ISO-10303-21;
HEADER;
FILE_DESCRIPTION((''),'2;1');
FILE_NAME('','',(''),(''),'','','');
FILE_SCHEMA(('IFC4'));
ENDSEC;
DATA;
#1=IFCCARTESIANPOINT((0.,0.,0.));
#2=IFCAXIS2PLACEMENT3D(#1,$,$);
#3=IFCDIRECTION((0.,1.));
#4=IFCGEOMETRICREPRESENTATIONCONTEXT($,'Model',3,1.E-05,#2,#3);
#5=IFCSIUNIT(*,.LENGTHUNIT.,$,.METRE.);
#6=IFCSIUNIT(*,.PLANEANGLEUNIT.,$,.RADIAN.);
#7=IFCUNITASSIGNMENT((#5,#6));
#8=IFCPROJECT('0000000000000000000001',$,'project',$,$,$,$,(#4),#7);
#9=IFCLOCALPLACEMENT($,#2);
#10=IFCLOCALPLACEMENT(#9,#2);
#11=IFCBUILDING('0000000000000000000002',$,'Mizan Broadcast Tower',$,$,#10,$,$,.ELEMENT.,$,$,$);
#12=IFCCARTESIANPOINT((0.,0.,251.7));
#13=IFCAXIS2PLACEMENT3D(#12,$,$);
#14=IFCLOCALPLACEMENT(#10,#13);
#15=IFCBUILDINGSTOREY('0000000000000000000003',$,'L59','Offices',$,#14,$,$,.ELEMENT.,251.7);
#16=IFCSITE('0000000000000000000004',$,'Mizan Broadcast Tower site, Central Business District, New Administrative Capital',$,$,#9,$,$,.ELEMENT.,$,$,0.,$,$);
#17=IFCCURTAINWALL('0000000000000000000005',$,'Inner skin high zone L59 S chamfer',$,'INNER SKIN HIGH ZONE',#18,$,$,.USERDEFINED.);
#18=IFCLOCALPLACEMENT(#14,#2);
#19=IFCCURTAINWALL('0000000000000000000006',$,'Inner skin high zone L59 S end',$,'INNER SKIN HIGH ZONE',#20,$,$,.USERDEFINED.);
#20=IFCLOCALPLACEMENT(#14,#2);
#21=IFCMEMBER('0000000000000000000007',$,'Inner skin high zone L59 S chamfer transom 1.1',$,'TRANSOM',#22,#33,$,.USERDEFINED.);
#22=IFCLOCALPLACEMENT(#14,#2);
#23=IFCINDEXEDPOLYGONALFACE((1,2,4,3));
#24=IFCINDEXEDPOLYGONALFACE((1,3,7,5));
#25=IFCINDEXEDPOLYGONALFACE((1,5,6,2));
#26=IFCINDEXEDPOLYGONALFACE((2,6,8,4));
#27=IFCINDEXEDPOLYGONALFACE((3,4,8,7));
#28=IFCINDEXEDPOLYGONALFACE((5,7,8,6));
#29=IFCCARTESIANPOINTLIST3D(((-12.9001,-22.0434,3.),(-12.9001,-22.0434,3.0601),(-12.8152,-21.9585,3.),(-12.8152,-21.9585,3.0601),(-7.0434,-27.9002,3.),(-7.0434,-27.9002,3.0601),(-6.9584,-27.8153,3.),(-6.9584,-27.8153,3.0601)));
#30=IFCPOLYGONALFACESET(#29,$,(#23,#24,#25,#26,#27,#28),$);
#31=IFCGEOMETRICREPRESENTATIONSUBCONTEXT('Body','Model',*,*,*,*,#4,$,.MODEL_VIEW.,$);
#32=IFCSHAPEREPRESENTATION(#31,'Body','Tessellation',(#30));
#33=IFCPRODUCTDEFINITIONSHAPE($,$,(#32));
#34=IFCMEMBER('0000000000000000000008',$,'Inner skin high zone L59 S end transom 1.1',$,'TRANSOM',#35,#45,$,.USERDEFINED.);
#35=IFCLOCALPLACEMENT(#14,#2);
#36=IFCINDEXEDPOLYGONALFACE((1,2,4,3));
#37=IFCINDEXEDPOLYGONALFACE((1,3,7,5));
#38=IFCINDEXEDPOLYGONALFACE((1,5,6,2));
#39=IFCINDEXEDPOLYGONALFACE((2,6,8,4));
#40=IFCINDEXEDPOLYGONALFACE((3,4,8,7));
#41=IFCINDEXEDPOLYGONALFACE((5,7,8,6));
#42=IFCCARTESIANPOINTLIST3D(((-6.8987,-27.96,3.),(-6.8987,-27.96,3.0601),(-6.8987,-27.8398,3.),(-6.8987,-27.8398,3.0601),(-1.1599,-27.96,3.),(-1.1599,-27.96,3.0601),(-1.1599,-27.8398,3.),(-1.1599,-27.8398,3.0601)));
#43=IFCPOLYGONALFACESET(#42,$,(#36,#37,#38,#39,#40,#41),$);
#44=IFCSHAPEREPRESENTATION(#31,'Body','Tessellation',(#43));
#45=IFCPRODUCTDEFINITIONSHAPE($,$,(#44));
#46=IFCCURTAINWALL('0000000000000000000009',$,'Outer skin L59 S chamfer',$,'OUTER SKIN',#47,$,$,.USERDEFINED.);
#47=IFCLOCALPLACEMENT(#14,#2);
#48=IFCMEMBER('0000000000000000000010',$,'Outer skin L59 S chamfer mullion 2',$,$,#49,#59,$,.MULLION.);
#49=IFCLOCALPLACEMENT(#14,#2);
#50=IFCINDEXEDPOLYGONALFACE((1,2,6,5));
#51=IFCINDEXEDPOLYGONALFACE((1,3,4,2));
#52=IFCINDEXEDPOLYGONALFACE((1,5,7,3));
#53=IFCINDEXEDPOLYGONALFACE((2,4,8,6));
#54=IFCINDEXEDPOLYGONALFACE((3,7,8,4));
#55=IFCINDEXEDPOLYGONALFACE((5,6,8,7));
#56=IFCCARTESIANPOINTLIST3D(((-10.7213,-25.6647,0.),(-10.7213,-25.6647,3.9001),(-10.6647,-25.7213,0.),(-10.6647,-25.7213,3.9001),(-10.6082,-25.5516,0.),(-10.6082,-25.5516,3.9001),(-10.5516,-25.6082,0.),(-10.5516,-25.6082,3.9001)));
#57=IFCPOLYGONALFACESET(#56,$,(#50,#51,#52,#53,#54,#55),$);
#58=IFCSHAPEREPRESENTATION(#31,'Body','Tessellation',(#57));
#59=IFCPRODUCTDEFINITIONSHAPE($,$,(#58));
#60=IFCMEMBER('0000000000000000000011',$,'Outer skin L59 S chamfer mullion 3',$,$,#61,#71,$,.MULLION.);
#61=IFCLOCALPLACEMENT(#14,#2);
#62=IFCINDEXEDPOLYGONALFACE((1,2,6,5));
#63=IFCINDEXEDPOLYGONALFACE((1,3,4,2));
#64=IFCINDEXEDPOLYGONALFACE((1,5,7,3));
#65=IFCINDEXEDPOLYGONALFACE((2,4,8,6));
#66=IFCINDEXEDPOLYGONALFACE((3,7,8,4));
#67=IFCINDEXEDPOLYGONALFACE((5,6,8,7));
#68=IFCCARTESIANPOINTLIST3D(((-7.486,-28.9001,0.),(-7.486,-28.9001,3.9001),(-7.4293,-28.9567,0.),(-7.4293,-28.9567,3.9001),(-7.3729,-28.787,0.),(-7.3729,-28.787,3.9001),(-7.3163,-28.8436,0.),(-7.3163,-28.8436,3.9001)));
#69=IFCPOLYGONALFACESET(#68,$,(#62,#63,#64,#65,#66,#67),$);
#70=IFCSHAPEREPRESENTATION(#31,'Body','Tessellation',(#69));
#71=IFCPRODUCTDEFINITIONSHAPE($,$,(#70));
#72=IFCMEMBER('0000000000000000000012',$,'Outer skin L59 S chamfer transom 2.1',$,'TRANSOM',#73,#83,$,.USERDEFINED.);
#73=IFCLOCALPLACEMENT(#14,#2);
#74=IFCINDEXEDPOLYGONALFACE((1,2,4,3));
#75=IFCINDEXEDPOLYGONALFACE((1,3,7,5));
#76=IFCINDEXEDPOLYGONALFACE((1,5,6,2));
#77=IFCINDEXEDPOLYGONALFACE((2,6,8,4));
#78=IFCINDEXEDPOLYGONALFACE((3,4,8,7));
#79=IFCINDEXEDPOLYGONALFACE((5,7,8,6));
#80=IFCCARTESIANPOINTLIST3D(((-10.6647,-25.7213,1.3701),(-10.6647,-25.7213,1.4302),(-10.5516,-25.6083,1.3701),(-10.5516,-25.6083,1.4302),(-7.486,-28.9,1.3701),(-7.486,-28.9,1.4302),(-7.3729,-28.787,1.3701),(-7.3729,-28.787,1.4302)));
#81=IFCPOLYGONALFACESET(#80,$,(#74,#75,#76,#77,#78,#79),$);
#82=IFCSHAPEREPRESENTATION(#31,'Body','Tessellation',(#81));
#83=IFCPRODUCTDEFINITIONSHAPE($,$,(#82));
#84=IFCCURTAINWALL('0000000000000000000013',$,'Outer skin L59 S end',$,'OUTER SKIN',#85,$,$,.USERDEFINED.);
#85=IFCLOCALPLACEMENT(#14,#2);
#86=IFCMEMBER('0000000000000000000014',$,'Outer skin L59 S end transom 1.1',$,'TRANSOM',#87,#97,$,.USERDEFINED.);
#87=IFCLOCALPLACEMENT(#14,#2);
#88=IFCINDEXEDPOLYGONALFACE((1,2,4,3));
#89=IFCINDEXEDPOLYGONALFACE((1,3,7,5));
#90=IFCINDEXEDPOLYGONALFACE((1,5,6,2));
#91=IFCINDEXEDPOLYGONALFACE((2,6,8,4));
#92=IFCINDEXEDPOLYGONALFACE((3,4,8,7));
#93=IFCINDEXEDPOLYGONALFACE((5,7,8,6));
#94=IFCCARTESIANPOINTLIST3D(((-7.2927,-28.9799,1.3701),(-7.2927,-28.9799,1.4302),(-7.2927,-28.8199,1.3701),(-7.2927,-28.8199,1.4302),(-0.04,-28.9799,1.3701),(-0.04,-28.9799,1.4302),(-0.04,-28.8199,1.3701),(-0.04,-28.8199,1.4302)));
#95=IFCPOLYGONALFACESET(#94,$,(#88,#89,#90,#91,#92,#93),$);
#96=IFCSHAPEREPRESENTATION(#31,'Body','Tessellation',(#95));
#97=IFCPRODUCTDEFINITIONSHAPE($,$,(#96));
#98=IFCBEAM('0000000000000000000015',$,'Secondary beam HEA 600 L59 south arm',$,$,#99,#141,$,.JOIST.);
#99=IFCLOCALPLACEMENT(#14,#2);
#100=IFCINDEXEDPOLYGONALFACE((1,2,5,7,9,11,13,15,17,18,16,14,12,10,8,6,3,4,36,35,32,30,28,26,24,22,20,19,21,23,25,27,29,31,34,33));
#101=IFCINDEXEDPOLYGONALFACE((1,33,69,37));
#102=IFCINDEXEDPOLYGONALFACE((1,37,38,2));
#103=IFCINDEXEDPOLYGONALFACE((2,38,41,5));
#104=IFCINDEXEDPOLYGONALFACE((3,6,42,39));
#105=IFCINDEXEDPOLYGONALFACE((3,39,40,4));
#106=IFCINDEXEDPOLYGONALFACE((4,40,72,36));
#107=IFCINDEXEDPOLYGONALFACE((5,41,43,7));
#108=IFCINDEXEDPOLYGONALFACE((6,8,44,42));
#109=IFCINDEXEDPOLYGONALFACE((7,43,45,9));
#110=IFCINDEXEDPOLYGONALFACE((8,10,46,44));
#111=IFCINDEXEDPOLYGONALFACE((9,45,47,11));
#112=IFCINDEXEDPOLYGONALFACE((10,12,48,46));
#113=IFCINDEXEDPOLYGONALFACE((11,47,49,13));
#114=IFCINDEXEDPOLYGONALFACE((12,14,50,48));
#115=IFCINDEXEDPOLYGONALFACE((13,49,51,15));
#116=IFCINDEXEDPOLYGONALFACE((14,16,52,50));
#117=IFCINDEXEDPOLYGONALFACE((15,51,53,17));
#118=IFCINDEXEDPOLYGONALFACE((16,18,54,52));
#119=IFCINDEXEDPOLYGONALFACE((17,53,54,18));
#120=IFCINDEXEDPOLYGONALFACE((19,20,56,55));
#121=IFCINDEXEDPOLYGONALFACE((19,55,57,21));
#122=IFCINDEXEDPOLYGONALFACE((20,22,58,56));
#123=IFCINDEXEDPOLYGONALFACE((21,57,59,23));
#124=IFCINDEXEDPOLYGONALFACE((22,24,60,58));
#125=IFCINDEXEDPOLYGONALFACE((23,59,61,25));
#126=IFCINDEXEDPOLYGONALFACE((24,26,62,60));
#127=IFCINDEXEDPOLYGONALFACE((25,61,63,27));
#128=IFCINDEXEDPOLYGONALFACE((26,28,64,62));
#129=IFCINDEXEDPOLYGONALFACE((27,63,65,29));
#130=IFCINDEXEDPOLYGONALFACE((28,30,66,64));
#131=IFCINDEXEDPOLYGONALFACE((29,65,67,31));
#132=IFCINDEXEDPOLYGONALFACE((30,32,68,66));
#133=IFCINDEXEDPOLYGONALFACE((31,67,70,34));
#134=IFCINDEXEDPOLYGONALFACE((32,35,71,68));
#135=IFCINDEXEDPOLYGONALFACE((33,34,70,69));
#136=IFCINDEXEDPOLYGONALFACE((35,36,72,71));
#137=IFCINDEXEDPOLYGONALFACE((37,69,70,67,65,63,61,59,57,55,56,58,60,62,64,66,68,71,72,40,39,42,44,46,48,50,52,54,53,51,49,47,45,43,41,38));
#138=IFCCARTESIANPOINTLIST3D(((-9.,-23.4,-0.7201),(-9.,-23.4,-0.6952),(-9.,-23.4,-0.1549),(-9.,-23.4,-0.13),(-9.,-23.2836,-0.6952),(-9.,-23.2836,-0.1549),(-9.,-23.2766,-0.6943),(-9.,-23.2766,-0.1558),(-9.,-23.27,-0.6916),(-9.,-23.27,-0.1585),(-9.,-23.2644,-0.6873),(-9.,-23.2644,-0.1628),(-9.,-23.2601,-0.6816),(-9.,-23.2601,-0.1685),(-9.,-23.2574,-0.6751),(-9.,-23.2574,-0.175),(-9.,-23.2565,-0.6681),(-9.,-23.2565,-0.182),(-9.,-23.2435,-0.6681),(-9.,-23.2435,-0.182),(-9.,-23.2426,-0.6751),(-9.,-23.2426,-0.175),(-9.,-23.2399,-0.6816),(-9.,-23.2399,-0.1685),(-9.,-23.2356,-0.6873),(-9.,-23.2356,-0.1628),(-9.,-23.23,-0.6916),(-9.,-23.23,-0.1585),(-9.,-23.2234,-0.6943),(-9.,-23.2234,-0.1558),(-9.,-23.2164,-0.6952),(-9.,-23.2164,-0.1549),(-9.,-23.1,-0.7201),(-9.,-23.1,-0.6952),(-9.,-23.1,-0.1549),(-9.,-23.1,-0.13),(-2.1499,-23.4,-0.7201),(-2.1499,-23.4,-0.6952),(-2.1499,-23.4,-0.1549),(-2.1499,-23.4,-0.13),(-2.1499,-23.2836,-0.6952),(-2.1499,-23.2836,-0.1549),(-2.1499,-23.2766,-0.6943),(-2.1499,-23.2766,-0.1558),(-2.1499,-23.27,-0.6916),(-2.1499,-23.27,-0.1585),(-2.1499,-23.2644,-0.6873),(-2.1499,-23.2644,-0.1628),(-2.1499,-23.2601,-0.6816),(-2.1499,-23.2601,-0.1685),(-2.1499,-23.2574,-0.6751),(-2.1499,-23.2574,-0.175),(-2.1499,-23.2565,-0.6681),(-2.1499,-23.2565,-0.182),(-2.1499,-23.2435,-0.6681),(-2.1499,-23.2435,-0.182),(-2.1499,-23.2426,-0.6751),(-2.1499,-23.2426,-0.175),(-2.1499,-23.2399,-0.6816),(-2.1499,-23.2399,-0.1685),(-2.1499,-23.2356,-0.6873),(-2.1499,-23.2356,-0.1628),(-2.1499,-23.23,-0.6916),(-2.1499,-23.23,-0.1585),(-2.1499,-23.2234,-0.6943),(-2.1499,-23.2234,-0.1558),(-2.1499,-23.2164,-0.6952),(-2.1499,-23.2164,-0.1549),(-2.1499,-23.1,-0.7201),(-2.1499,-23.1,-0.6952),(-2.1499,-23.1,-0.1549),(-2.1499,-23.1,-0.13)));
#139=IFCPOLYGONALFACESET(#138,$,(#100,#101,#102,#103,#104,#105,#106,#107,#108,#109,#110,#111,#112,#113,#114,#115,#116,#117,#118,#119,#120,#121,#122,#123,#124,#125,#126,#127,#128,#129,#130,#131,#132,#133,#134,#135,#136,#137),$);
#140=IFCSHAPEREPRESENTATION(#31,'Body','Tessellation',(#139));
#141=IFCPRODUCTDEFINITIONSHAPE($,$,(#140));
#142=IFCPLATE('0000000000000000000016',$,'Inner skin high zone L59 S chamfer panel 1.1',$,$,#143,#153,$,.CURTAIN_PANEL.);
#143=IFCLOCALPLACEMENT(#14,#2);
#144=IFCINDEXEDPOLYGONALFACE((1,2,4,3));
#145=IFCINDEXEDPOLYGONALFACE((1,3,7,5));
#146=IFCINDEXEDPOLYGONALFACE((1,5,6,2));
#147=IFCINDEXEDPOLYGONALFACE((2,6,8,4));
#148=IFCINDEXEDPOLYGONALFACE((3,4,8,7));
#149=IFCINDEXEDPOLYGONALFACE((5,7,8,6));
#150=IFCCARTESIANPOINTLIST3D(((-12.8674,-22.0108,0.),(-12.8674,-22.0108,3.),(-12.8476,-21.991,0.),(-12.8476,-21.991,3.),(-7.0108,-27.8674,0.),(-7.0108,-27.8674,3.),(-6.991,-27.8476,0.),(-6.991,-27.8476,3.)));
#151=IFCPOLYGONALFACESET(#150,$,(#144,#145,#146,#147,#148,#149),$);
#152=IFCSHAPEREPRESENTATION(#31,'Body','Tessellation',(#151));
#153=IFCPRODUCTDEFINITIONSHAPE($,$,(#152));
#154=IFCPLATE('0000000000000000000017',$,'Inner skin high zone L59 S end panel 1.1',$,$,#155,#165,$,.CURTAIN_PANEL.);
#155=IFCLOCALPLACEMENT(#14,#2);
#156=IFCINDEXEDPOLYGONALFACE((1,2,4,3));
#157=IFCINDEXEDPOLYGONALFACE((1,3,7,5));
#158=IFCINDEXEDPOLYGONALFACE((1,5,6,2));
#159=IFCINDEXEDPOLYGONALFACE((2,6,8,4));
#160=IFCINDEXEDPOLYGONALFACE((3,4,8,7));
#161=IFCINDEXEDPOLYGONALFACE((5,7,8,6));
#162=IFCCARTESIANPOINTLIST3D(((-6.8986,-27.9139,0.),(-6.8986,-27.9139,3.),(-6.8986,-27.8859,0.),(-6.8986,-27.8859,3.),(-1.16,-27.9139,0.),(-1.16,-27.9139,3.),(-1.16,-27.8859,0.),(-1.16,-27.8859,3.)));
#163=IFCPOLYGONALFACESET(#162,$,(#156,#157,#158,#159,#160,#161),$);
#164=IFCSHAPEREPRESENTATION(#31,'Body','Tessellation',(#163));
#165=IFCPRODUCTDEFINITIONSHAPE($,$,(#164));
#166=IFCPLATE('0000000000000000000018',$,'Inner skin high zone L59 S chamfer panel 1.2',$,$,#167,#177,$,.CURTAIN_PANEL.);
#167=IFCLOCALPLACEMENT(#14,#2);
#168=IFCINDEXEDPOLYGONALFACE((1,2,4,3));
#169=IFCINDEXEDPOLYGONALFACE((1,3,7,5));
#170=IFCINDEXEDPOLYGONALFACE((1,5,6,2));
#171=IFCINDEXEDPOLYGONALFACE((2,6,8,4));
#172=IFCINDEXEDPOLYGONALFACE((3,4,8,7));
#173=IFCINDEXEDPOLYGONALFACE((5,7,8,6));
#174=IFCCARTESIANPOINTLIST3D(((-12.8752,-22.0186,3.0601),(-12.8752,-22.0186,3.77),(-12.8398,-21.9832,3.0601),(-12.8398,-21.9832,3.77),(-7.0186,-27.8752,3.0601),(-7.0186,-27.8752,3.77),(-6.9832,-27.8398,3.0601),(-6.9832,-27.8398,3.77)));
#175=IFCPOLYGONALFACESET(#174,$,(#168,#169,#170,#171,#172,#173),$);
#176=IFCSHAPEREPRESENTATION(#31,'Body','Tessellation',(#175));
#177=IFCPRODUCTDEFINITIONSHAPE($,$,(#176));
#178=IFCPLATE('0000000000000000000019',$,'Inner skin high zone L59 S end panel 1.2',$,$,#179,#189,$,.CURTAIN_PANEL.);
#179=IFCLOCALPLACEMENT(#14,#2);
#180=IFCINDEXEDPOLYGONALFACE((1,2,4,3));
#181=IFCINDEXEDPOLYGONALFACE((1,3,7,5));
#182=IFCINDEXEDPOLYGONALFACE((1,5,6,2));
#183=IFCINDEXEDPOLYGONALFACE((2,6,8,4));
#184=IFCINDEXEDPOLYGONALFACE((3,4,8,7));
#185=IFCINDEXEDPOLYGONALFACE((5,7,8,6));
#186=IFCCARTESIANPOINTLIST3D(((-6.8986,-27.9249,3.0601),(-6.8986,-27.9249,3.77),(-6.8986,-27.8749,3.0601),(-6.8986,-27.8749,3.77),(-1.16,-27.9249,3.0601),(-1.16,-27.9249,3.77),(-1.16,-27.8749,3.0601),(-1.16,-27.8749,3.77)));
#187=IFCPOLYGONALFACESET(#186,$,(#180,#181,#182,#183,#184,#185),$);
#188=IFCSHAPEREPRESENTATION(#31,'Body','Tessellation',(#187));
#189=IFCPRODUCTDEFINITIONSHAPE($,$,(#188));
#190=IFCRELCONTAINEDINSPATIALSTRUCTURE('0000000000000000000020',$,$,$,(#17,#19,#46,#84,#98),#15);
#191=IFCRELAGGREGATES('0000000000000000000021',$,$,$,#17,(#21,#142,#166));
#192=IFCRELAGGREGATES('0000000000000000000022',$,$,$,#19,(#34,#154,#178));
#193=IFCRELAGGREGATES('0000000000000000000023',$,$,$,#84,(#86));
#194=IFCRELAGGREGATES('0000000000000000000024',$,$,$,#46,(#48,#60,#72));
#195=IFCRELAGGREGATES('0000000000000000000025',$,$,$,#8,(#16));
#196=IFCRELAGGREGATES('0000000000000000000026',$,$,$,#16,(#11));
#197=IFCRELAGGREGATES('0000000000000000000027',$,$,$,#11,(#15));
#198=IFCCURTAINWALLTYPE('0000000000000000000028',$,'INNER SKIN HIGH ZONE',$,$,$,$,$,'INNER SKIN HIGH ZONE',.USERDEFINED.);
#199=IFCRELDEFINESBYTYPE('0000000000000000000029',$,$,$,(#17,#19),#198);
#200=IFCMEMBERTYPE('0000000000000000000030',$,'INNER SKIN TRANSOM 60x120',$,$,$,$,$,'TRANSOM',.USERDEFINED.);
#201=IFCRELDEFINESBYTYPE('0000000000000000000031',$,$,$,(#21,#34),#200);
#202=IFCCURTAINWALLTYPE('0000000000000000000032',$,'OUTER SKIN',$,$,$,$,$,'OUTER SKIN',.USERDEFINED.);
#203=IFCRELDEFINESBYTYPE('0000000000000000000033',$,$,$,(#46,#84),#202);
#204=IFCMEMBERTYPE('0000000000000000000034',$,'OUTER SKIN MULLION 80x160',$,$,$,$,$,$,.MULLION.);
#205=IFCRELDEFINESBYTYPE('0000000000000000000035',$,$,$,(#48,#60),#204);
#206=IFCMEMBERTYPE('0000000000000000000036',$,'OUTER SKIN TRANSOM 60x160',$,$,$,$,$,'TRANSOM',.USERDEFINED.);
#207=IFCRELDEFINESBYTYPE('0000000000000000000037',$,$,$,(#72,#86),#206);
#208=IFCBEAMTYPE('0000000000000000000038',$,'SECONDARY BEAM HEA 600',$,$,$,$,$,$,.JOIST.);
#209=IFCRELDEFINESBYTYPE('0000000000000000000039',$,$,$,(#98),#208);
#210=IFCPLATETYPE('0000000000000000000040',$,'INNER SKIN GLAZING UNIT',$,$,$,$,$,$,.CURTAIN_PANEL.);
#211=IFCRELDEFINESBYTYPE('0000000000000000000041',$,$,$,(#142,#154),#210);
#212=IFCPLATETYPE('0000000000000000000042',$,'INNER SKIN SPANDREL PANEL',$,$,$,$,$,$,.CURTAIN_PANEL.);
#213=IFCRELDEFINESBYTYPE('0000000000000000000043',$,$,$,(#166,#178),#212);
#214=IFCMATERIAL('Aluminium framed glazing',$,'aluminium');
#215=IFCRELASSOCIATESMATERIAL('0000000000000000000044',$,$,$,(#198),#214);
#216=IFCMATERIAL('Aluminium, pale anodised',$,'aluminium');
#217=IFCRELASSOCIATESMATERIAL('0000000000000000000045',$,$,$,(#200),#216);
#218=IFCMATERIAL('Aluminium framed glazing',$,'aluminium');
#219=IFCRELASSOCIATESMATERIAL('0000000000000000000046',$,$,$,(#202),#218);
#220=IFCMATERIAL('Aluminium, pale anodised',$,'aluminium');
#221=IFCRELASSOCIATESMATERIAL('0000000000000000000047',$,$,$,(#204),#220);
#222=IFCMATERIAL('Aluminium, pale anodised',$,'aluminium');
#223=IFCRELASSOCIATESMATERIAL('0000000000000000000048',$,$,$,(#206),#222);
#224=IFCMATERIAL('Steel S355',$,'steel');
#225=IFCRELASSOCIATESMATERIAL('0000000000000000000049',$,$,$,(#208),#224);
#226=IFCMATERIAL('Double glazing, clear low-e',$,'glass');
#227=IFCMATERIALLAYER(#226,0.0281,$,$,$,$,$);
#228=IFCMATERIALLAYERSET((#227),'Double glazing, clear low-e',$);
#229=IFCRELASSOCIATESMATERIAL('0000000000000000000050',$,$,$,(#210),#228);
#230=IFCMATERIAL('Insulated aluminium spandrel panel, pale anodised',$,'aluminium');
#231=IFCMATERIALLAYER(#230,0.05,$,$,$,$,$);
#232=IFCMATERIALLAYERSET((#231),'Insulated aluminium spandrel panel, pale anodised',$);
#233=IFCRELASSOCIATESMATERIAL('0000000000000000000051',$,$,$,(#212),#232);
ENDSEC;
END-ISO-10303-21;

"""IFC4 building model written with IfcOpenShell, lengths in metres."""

from ifc_helpers import new_model, si_unit, direction, frame, origin, origin_2d, place, context, subcontext, project, spatial, rectangle, i_section, extrude, material, layer, layer_set, material_profile, profile_set, type_object, element, aggregate, save


model = new_model("IFC4")

# Units and contexts
model_context = context("Model", 3, precision=1e-05, world=origin(), true_north=direction((0.0, 1.0)))
body_context = subcontext(model_context, "Body", "Model", "MODEL_VIEW")
ifc_project = project(units=[si_unit("LENGTHUNIT", "METRE"), si_unit("PLANEANGLEUNIT", "RADIAN")], contexts=[model_context])

# Site, building, storey
site_placement = place(None, origin())
site = spatial("IfcSite", under=ifc_project, at=site_placement, Name="Mizan Broadcast Tower site, Central Business District, New Administrative Capital", CompositionType="ELEMENT", RefElevation=0.0)
building_placement = place(site_placement, origin())
building = spatial("IfcBuilding", under=site, at=building_placement, Name="Mizan Broadcast Tower", CompositionType="ELEMENT")
storey_placement = place(building_placement, frame((0.0, 0.0, 251.7)))
storey = spatial("IfcBuildingStorey", under=building, at=storey_placement, Name="L59", Description="Offices", CompositionType="ELEMENT", Elevation=251.7)

# Curtain walls
ifc_material_1 = material(Name="Aluminium framed glazing", Category="aluminium")
curtain_wall_type_1 = type_object("IfcCurtainWallType", Name="INNER SKIN HIGH ZONE", ElementType="INNER SKIN HIGH ZONE", PredefinedType="USERDEFINED", material=ifc_material_1)
curtain_wall_1_placement = place(storey_placement, origin())
curtain_wall_1 = element("IfcCurtainWall", 1, at=curtain_wall_1_placement, inside=storey, type_object=curtain_wall_type_1, Name="Inner skin high zone L59 S chamfer", ObjectType="INNER SKIN HIGH ZONE", PredefinedType="USERDEFINED")
curtain_wall_2_placement = place(storey_placement, origin())
curtain_wall_2 = element("IfcCurtainWall", 2, at=curtain_wall_2_placement, inside=storey, type_object=curtain_wall_type_1, Name="Inner skin high zone L59 S end", ObjectType="INNER SKIN HIGH ZONE", PredefinedType="USERDEFINED")
ifc_material_2 = material(Name="Aluminium, pale anodised", Category="aluminium")
ifc_material_profile_1 = material_profile(ifc_material_2, rectangle(XDim=0.1201, YDim=0.0601, at=origin_2d()), Name="TRANSOM 120x60")
ifc_profile_set_1 = profile_set([ifc_material_profile_1], Name="Aluminium, pale anodised")
member_type_1 = type_object("IfcMemberType", Name="INNER SKIN TRANSOM 60x120", ElementType="TRANSOM", PredefinedType="USERDEFINED", material=ifc_profile_set_1)

# Members
member_1_placement = place(storey_placement, frame((-12.8577, -22.001, 3.03), z_axis=(0.707107, -0.707107, 0.0), x_axis=(0.707107, 0.707107, 0.0)))
member_1 = element("IfcMember", 3, at=member_1_placement, type_object=member_type_1, Name="Inner skin high zone L59 S chamfer transom 1.1", ObjectType="TRANSOM", PredefinedType="USERDEFINED", context=body_context, shape_type="SweptSolid", body=[
    extrude(rectangle(XDim=0.1201, YDim=0.0601, at=origin_2d()), origin(), (0.0, 0.0, 1.0), 8.2827),
])
member_2_placement = place(storey_placement, frame((-6.8987, -27.8999, 3.03), z_axis=(1.0, 0.0, 0.0), x_axis=(0.0, 1.0, 0.0)))
member_2 = element("IfcMember", 4, at=member_2_placement, type_object=member_type_1, Name="Inner skin high zone L59 S end transom 1.1", ObjectType="TRANSOM", PredefinedType="USERDEFINED", context=body_context, shape_type="SweptSolid", body=[
    extrude(rectangle(XDim=0.1201, YDim=0.0601, at=origin_2d()), origin(), (0.0, 0.0, 1.0), 5.7388),
])

# Curtain wall, members
ifc_material_3 = material(Name="Aluminium framed glazing", Category="aluminium")
curtain_wall_type_2 = type_object("IfcCurtainWallType", Name="OUTER SKIN", ElementType="OUTER SKIN", PredefinedType="USERDEFINED", material=ifc_material_3)
curtain_wall_3_placement = place(storey_placement, origin())
curtain_wall_3 = element("IfcCurtainWall", 5, at=curtain_wall_3_placement, inside=storey, type_object=curtain_wall_type_2, Name="Outer skin L59 S chamfer", ObjectType="OUTER SKIN", PredefinedType="USERDEFINED")
ifc_material_4 = material(Name="Aluminium, pale anodised", Category="aluminium")
ifc_material_profile_2 = material_profile(ifc_material_4, rectangle(XDim=0.1599, YDim=0.0801, at=origin_2d()), Name="MULLION 160x80")
ifc_profile_set_2 = profile_set([ifc_material_profile_2], Name="Aluminium, pale anodised")
member_type_2 = type_object("IfcMemberType", Name="OUTER SKIN MULLION 80x160", PredefinedType="MULLION", material=ifc_profile_set_2)
member_3_placement = place(storey_placement, frame((-10.6365, -25.6365, 0.0), z_axis=(0.0, 0.0, 1.0), x_axis=(0.707107, 0.707107, 0.0)))
member_3 = element("IfcMember", 6, at=member_3_placement, type_object=member_type_2, Name="Outer skin L59 S chamfer mullion 2", PredefinedType="MULLION", context=body_context, shape_type="SweptSolid", body=[
    extrude(rectangle(XDim=0.1599, YDim=0.0801, at=origin_2d()), origin(), (0.0, 0.0, 1.0), 3.9001),
])
member_4_placement = place(storey_placement, frame((-7.4011, -28.8718, 0.0), z_axis=(0.0, 0.0, 1.0), x_axis=(0.707107, 0.707107, 0.0)))
member_4 = element("IfcMember", 7, at=member_4_placement, type_object=member_type_2, Name="Outer skin L59 S chamfer mullion 3", PredefinedType="MULLION", context=body_context, shape_type="SweptSolid", body=[
    extrude(rectangle(XDim=0.1599, YDim=0.0801, at=origin_2d()), origin(), (0.0, 0.0, 1.0), 3.9001),
])
ifc_material_5 = material(Name="Aluminium, pale anodised", Category="aluminium")
ifc_material_profile_3 = material_profile(ifc_material_5, rectangle(XDim=0.1599, YDim=0.0601, at=origin_2d()), Name="TRANSOM 160x60")
ifc_profile_set_3 = profile_set([ifc_material_profile_3], Name="Aluminium, pale anodised")
member_type_3 = type_object("IfcMemberType", Name="OUTER SKIN TRANSOM 60x160", ElementType="TRANSOM", PredefinedType="USERDEFINED", material=ifc_profile_set_3)
member_5_placement = place(storey_placement, frame((-10.6082, -25.6648, 1.4001), z_axis=(0.707107, -0.707107, 0.0), x_axis=(0.707107, 0.707107, 0.0)))
member_5 = element("IfcMember", 8, at=member_5_placement, type_object=member_type_3, Name="Outer skin L59 S chamfer transom 2.1", ObjectType="TRANSOM", PredefinedType="USERDEFINED", context=body_context, shape_type="SweptSolid", body=[
    extrude(rectangle(XDim=0.1599, YDim=0.0601, at=origin_2d()), origin(), (0.0, 0.0, 1.0), 4.4954),
])

# Curtain wall, member
curtain_wall_4_placement = place(storey_placement, origin())
curtain_wall_4 = element("IfcCurtainWall", 9, at=curtain_wall_4_placement, inside=storey, type_object=curtain_wall_type_2, Name="Outer skin L59 S end", ObjectType="OUTER SKIN", PredefinedType="USERDEFINED")
member_6_placement = place(storey_placement, frame((-7.2927, -28.8999, 1.4001), z_axis=(1.0, 0.0, 0.0), x_axis=(0.0, 1.0, 0.0)))
member_6 = element("IfcMember", 10, at=member_6_placement, type_object=member_type_3, Name="Outer skin L59 S end transom 1.1", ObjectType="TRANSOM", PredefinedType="USERDEFINED", context=body_context, shape_type="SweptSolid", body=[
    extrude(rectangle(XDim=0.1599, YDim=0.0601, at=origin_2d()), origin(), (0.0, 0.0, 1.0), 7.2527),
])

# Beam
ifc_material_6 = material(Name="Steel S355", Category="steel")
ifc_material_profile_4 = material_profile(ifc_material_6, i_section(OverallWidth=0.3, OverallDepth=0.5901, WebThickness=0.0129, FlangeThickness=0.0249, FilletRadius=0.0271, at=origin_2d()), Name="HEA 600")
ifc_profile_set_4 = profile_set([ifc_material_profile_4], Name="Steel S355")
beam_type_1 = type_object("IfcBeamType", Name="SECONDARY BEAM HEA 600", PredefinedType="JOIST", material=ifc_profile_set_4)
beam_1_placement = place(storey_placement, frame((-9.0, -23.25, -0.425), z_axis=(1.0, 0.0, 0.0), x_axis=(0.0, 1.0, 0.0)))
element("IfcBeam", 11, at=beam_1_placement, inside=storey, type_object=beam_type_1, Name="Secondary beam HEA 600 L59 south arm", PredefinedType="JOIST", context=body_context, shape_type="SweptSolid", body=[
    extrude(i_section(OverallWidth=0.3, OverallDepth=0.5901, WebThickness=0.0129, FlangeThickness=0.0249, FilletRadius=0.0271, at=origin_2d()), origin(), (0.0, 0.0, 1.0), 6.8501),
])

# Plates
ifc_material_7 = material(Name="Double glazing, clear low-e", Category="glass")
ifc_layer_1 = layer(ifc_material_7, 0.0281)
ifc_layer_set_1 = layer_set([ifc_layer_1], Name="Double glazing, clear low-e")
plate_type_1 = type_object("IfcPlateType", Name="INNER SKIN GLAZING UNIT", PredefinedType="CURTAIN_PANEL", material=ifc_layer_set_1)
plate_1_placement = place(storey_placement, frame((-9.9292, -24.9292, 0.0), z_axis=(0.0, 0.0, 1.0), x_axis=(0.707107, -0.707107, 0.0)))
plate_1 = element("IfcPlate", 12, at=plate_1_placement, type_object=plate_type_1, Name="Inner skin high zone L59 S chamfer panel 1.1", PredefinedType="CURTAIN_PANEL", context=body_context, shape_type="SweptSolid", body=[
    extrude(rectangle(XDim=8.2825, YDim=0.0281, at=origin_2d()), origin(), (0.0, 0.0, 1.0), 3.0),
])
plate_2_placement = place(storey_placement, frame((-4.0293, -27.8999, 0.0), z_axis=(0.0, 0.0, 1.0), x_axis=(1.0, 0.0, 0.0)))
plate_2 = element("IfcPlate", 13, at=plate_2_placement, type_object=plate_type_1, Name="Inner skin high zone L59 S end panel 1.1", PredefinedType="CURTAIN_PANEL", context=body_context, shape_type="SweptSolid", body=[
    extrude(rectangle(XDim=5.7385, YDim=0.0281, at=origin_2d()), origin(), (0.0, 0.0, 1.0), 3.0),
])
ifc_material_8 = material(Name="Insulated aluminium spandrel panel, pale anodised", Category="aluminium")
ifc_layer_2 = layer(ifc_material_8, 0.05)
ifc_layer_set_2 = layer_set([ifc_layer_2], Name="Insulated aluminium spandrel panel, pale anodised")
plate_type_2 = type_object("IfcPlateType", Name="INNER SKIN SPANDREL PANEL", PredefinedType="CURTAIN_PANEL", material=ifc_layer_set_2)
plate_3_placement = place(storey_placement, frame((-9.9292, -24.9292, 3.0601), z_axis=(0.0, 0.0, 1.0), x_axis=(0.707107, -0.707107, 0.0)))
plate_3 = element("IfcPlate", 14, at=plate_3_placement, type_object=plate_type_2, Name="Inner skin high zone L59 S chamfer panel 1.2", PredefinedType="CURTAIN_PANEL", context=body_context, shape_type="SweptSolid", body=[
    extrude(rectangle(XDim=8.2825, YDim=0.05, at=origin_2d()), origin(), (0.0, 0.0, 1.0), 0.71),
])
aggregate(curtain_wall_1, [member_1, plate_1, plate_3])
plate_4_placement = place(storey_placement, frame((-4.0293, -27.8999, 3.0601), z_axis=(0.0, 0.0, 1.0), x_axis=(1.0, 0.0, 0.0)))
plate_4 = element("IfcPlate", 15, at=plate_4_placement, type_object=plate_type_2, Name="Inner skin high zone L59 S end panel 1.2", PredefinedType="CURTAIN_PANEL", context=body_context, shape_type="SweptSolid", body=[
    extrude(rectangle(XDim=5.7385, YDim=0.05, at=origin_2d()), origin(), (0.0, 0.0, 1.0), 0.71),
])
aggregate(curtain_wall_2, [member_2, plate_2, plate_4])
aggregate(curtain_wall_4, [member_6])
aggregate(curtain_wall_3, [member_3, member_4, member_5])

save(model, "model.ifc")
